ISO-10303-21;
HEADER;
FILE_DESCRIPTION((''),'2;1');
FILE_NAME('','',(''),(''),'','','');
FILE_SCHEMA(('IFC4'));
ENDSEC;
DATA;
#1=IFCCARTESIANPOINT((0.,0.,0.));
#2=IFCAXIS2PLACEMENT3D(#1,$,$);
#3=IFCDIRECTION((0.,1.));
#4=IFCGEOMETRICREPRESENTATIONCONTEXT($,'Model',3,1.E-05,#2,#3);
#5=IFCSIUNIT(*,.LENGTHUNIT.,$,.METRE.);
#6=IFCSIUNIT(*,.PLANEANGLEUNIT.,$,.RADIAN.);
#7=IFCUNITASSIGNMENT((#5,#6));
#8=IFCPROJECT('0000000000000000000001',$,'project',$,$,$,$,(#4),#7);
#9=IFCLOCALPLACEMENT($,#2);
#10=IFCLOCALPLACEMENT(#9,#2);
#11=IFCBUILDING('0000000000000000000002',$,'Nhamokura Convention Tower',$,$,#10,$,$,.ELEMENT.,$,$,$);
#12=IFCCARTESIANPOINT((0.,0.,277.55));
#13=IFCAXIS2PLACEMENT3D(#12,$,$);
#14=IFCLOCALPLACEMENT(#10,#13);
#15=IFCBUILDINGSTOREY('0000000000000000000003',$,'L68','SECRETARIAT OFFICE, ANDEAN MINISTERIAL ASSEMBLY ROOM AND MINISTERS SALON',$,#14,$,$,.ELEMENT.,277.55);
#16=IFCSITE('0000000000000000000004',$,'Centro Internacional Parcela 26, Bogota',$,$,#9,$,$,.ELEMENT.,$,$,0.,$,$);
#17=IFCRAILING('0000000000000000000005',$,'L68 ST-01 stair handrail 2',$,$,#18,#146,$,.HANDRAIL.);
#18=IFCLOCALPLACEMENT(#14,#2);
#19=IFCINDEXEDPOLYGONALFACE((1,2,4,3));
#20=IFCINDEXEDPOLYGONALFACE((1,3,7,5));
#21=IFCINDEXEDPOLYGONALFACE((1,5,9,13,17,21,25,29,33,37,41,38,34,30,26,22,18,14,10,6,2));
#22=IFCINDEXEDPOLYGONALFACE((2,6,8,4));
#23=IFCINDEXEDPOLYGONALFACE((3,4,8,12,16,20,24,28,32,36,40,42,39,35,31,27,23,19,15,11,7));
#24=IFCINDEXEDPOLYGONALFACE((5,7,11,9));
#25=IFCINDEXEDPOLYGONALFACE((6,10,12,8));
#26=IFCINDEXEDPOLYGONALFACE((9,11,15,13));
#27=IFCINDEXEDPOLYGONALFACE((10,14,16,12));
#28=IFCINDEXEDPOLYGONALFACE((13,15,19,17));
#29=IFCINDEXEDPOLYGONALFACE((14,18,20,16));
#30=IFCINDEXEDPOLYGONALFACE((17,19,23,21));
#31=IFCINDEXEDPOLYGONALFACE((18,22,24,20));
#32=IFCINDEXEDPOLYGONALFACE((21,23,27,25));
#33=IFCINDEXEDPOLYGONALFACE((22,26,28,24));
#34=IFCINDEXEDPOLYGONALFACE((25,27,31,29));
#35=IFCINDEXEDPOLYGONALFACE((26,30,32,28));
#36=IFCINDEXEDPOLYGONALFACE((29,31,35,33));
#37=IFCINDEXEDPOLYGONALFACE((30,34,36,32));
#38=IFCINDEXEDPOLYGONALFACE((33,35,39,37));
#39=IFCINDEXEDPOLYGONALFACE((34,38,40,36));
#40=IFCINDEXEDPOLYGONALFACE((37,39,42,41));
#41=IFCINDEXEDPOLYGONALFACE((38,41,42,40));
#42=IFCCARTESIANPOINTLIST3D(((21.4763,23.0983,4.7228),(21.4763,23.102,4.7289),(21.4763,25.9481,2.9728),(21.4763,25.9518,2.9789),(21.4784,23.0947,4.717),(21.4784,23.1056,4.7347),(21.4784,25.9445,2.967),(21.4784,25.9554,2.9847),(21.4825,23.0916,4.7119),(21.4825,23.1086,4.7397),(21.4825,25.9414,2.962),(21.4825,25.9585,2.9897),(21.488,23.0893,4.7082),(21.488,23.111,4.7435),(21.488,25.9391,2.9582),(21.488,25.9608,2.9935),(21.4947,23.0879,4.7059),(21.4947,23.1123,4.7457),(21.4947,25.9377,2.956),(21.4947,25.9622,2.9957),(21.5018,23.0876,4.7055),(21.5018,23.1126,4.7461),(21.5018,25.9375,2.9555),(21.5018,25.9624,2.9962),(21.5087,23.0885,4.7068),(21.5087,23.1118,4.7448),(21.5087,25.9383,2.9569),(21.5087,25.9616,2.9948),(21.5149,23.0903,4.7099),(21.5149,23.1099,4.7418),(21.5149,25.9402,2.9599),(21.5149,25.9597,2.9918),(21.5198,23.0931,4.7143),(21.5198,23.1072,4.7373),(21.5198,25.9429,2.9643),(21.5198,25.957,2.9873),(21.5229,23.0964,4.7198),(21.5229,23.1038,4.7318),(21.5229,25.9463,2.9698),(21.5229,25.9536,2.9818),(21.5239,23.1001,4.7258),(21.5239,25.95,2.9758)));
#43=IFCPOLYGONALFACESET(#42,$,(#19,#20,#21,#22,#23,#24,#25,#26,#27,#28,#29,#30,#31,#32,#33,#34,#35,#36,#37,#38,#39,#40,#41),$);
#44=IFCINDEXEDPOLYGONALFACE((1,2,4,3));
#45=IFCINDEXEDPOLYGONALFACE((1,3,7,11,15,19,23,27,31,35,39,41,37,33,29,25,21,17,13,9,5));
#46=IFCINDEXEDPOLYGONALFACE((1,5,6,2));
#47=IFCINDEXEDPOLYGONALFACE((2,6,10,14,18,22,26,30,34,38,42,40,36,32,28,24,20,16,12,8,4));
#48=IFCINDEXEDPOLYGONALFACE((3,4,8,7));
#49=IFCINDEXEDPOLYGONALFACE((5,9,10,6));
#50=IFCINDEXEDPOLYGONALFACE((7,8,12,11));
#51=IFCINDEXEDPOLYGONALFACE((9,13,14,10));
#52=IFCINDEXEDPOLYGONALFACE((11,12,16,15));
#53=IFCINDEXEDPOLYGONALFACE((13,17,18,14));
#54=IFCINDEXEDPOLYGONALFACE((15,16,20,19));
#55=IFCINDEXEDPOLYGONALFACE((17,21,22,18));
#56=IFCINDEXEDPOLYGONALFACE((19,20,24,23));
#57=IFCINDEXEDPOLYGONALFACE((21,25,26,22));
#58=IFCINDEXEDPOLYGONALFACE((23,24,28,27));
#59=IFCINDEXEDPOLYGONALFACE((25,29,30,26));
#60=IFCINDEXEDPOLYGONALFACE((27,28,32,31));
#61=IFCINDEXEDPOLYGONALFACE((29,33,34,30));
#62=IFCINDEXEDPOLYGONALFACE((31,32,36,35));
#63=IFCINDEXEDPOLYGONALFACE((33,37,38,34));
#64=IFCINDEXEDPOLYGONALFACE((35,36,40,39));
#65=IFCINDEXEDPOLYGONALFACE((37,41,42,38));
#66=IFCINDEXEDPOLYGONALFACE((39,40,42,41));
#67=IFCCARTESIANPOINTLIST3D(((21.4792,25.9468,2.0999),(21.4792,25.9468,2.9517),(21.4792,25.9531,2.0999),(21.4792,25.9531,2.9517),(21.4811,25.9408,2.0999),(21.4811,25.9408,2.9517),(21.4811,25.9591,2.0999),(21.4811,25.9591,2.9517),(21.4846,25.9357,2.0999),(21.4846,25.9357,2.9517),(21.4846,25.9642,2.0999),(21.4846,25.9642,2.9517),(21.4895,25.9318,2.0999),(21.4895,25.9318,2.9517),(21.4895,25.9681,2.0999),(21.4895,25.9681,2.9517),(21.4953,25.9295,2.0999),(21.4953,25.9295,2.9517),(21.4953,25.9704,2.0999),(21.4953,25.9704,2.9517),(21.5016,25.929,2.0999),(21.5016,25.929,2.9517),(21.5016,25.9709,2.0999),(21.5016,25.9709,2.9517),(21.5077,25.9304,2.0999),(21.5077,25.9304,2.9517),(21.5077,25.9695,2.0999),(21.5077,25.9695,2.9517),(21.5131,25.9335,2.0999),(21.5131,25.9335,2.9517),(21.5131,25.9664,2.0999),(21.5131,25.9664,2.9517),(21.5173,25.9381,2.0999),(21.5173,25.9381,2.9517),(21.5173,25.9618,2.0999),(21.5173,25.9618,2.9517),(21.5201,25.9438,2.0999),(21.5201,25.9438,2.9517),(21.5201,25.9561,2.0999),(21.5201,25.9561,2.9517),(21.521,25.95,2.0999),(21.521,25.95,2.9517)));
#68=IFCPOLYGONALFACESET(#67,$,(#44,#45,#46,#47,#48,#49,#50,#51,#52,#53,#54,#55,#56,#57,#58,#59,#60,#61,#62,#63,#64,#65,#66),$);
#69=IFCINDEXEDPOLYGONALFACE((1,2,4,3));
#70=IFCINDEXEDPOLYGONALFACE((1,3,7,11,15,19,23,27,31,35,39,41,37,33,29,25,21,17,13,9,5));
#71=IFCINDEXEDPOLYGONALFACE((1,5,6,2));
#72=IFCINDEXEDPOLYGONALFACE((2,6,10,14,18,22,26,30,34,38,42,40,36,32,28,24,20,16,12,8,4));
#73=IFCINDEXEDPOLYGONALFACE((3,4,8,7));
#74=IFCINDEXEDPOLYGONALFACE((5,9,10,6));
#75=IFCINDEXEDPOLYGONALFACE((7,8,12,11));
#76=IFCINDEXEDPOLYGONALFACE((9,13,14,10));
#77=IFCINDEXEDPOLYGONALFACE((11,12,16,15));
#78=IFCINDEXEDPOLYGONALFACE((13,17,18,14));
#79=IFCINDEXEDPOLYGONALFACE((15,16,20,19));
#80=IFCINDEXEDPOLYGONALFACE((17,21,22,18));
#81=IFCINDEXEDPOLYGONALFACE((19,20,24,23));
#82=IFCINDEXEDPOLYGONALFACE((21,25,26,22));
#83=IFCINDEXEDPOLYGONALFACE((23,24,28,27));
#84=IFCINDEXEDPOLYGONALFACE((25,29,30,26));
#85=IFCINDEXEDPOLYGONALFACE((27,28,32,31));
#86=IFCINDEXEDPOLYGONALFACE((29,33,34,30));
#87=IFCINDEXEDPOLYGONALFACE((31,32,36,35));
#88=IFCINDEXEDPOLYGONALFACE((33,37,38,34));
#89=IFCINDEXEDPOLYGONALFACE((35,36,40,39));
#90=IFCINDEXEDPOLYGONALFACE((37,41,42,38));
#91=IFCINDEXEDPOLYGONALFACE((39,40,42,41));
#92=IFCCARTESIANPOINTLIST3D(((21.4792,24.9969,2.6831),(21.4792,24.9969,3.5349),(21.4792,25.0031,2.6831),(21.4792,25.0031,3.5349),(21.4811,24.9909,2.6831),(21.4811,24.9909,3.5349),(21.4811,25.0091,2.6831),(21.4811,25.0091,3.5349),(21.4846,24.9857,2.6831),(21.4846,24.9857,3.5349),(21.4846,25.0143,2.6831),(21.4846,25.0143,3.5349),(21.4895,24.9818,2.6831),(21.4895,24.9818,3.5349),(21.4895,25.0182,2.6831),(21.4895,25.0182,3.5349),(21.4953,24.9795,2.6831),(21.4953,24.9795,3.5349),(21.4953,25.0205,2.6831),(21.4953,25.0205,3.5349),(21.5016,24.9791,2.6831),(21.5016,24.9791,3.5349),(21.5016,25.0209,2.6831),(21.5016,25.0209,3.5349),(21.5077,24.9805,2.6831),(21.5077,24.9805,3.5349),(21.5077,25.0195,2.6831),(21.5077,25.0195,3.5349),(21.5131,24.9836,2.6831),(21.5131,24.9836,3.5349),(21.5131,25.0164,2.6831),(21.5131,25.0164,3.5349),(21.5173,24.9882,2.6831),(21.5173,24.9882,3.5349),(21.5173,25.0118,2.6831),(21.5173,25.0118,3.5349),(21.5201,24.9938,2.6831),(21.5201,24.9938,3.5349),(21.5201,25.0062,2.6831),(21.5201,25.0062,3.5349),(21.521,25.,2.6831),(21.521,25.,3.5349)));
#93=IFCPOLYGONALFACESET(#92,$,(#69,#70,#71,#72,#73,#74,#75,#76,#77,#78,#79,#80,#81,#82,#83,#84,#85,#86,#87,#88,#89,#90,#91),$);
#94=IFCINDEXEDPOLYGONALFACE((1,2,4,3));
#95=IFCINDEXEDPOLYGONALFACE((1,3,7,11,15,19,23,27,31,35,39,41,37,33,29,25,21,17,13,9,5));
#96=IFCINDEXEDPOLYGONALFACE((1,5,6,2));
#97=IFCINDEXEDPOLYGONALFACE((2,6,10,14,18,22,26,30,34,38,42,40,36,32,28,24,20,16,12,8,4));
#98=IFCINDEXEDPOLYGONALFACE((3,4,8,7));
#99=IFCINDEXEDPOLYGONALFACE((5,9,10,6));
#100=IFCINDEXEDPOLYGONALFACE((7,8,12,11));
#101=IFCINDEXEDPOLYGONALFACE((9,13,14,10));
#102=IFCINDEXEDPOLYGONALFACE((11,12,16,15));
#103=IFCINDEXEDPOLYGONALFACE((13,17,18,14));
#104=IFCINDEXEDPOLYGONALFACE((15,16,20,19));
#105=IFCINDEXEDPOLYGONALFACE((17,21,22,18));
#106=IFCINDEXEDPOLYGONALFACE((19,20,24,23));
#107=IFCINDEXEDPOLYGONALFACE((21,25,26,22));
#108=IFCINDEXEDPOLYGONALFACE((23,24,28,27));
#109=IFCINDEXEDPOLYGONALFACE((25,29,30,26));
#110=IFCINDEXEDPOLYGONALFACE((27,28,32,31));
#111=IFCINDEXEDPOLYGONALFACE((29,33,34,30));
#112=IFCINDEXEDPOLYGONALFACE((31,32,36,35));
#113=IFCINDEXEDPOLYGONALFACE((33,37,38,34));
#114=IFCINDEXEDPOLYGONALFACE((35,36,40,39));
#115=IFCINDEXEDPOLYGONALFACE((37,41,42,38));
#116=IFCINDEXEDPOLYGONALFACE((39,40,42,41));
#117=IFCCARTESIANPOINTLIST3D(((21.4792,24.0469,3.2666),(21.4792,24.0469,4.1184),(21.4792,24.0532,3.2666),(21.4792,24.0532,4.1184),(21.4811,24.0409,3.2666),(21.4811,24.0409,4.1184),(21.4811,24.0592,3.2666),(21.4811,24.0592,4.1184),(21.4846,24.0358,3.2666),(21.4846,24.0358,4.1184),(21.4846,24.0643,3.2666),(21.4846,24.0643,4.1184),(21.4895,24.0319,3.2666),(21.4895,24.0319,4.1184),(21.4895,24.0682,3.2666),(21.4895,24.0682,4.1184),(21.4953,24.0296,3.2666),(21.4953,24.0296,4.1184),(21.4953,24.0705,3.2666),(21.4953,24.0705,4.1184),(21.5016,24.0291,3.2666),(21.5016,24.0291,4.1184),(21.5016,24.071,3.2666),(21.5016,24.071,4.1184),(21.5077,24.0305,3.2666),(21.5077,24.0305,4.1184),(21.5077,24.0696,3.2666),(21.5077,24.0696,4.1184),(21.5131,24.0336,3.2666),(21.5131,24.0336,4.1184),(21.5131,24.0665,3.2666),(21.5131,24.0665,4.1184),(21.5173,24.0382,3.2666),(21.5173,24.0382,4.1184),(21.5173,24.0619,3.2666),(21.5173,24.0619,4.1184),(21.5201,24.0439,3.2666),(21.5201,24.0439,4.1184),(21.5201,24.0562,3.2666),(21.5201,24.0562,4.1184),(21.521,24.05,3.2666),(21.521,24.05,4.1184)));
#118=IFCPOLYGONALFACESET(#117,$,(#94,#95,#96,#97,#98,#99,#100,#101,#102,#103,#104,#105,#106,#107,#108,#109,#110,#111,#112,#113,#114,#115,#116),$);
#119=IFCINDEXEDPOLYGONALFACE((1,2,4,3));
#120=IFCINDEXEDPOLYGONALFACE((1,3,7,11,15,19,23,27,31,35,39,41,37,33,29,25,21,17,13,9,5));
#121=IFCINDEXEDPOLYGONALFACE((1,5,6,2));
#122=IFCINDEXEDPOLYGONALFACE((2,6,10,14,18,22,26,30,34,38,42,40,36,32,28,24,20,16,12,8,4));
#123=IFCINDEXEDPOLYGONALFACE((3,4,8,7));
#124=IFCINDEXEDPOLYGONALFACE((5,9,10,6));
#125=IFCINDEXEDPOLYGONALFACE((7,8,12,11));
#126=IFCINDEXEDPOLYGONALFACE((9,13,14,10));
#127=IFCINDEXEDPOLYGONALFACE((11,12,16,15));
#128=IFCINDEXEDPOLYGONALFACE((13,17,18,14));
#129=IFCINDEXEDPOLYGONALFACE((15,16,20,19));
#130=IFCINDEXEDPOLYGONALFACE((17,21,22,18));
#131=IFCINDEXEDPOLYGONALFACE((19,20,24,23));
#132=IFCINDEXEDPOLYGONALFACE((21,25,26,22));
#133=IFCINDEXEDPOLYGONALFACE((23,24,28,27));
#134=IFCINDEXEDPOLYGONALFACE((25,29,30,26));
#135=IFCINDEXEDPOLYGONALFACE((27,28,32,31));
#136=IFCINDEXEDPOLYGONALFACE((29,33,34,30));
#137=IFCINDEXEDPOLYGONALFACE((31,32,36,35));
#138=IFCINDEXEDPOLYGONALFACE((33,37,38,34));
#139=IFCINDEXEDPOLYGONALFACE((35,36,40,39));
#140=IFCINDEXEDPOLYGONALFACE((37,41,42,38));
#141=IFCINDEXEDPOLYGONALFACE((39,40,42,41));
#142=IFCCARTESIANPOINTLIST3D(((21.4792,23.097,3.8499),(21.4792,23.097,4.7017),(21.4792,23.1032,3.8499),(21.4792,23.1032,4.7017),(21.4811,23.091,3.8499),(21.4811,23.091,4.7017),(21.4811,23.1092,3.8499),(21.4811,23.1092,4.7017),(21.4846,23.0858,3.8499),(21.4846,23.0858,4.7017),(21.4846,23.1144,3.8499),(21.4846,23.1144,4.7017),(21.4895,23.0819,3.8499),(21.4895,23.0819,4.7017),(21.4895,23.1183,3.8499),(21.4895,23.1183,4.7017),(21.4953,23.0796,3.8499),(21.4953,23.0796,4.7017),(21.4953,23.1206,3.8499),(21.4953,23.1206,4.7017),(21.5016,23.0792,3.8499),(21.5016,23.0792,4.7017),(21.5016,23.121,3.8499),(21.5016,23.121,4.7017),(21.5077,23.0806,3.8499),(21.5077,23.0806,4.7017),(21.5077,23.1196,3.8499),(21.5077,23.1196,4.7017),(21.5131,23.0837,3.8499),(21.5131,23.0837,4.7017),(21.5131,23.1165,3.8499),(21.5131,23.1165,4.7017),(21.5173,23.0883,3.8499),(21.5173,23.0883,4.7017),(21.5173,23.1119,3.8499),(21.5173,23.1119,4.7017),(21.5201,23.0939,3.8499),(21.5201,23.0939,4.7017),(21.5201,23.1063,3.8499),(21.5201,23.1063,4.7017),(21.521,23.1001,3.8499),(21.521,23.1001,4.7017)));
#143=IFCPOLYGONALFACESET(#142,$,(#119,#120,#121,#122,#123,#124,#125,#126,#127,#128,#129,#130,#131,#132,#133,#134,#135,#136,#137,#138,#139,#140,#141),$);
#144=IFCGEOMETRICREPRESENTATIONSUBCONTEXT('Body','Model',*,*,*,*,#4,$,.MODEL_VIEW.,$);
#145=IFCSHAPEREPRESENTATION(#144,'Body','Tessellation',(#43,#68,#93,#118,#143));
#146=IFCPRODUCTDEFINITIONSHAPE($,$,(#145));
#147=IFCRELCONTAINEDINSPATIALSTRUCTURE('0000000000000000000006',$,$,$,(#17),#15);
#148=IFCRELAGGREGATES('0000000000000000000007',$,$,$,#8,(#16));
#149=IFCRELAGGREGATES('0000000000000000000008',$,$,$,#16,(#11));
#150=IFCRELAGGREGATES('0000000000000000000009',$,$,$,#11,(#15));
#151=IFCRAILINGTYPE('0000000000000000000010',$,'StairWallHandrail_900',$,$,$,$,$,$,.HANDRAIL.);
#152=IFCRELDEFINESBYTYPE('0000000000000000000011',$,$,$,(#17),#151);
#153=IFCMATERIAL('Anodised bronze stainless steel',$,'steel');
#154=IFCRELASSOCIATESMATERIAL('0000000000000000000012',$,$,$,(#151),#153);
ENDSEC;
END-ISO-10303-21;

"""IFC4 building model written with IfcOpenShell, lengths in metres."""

from ifc_helpers import new_model, si_unit, direction, frame, origin, origin_2d, place, context, subcontext, project, spatial, circle, extrude, material, type_object, element, save


model = new_model("IFC4")

# Units and contexts
model_context = context("Model", 3, precision=1e-05, world=origin(), true_north=direction((0.0, 1.0)))
body_context = subcontext(model_context, "Body", "Model", "MODEL_VIEW")
ifc_project = project(units=[si_unit("LENGTHUNIT", "METRE"), si_unit("PLANEANGLEUNIT", "RADIAN")], contexts=[model_context])

# Site, building, storey
site_placement = place(None, origin())
site = spatial("IfcSite", under=ifc_project, at=site_placement, Name="Centro Internacional Parcela 26, Bogota", CompositionType="ELEMENT", RefElevation=0.0)
building_placement = place(site_placement, origin())
building = spatial("IfcBuilding", under=site, at=building_placement, Name="Nhamokura Convention Tower", CompositionType="ELEMENT")
storey_placement = place(building_placement, frame((0.0, 0.0, 277.55)))
storey = spatial("IfcBuildingStorey", under=building, at=storey_placement, Name="L68", Description="SECRETARIAT OFFICE, ANDEAN MINISTERIAL ASSEMBLY ROOM AND MINISTERS SALON", CompositionType="ELEMENT", Elevation=277.55)

# Railing
ifc_material_1 = material(Name="Anodised bronze stainless steel", Category="steel")
railing_type_1 = type_object("IfcRailingType", Name="StairWallHandrail_900", PredefinedType="HANDRAIL", material=ifc_material_1)
railing_1_placement = place(storey_placement, frame((21.5, 25.95, 2.0999)))
element("IfcRailing", 1, at=railing_1_placement, inside=storey, type_object=railing_type_1, Name="L68 ST-01 stair handrail 2", PredefinedType="HANDRAIL", context=body_context, shape_type="SweptSolid", body=[
    extrude(circle(Radius=0.0239, at=origin_2d()), frame((0.0, 0.0, 0.876), z_axis=(0.0, -0.852159, 0.523283), x_axis=(1.0, 0.0, 0.0)), (0.0, 0.0, 1.0), 3.3442),
    extrude(circle(Radius=0.021, at=origin_2d()), origin(), (0.0, 0.0, 1.0), 0.8518),
    extrude(circle(Radius=0.021, at=origin_2d()), frame((0.0, -0.95, 0.5833)), (0.0, 0.0, 1.0), 0.8518),
    extrude(circle(Radius=0.021, at=origin_2d()), frame((0.0, -1.8999, 1.1667)), (0.0, 0.0, 1.0), 0.8518),
    extrude(circle(Radius=0.021, at=origin_2d()), frame((0.0, -2.8499, 1.75)), (0.0, 0.0, 1.0), 0.8518),
])

save(model, "model.ifc")
